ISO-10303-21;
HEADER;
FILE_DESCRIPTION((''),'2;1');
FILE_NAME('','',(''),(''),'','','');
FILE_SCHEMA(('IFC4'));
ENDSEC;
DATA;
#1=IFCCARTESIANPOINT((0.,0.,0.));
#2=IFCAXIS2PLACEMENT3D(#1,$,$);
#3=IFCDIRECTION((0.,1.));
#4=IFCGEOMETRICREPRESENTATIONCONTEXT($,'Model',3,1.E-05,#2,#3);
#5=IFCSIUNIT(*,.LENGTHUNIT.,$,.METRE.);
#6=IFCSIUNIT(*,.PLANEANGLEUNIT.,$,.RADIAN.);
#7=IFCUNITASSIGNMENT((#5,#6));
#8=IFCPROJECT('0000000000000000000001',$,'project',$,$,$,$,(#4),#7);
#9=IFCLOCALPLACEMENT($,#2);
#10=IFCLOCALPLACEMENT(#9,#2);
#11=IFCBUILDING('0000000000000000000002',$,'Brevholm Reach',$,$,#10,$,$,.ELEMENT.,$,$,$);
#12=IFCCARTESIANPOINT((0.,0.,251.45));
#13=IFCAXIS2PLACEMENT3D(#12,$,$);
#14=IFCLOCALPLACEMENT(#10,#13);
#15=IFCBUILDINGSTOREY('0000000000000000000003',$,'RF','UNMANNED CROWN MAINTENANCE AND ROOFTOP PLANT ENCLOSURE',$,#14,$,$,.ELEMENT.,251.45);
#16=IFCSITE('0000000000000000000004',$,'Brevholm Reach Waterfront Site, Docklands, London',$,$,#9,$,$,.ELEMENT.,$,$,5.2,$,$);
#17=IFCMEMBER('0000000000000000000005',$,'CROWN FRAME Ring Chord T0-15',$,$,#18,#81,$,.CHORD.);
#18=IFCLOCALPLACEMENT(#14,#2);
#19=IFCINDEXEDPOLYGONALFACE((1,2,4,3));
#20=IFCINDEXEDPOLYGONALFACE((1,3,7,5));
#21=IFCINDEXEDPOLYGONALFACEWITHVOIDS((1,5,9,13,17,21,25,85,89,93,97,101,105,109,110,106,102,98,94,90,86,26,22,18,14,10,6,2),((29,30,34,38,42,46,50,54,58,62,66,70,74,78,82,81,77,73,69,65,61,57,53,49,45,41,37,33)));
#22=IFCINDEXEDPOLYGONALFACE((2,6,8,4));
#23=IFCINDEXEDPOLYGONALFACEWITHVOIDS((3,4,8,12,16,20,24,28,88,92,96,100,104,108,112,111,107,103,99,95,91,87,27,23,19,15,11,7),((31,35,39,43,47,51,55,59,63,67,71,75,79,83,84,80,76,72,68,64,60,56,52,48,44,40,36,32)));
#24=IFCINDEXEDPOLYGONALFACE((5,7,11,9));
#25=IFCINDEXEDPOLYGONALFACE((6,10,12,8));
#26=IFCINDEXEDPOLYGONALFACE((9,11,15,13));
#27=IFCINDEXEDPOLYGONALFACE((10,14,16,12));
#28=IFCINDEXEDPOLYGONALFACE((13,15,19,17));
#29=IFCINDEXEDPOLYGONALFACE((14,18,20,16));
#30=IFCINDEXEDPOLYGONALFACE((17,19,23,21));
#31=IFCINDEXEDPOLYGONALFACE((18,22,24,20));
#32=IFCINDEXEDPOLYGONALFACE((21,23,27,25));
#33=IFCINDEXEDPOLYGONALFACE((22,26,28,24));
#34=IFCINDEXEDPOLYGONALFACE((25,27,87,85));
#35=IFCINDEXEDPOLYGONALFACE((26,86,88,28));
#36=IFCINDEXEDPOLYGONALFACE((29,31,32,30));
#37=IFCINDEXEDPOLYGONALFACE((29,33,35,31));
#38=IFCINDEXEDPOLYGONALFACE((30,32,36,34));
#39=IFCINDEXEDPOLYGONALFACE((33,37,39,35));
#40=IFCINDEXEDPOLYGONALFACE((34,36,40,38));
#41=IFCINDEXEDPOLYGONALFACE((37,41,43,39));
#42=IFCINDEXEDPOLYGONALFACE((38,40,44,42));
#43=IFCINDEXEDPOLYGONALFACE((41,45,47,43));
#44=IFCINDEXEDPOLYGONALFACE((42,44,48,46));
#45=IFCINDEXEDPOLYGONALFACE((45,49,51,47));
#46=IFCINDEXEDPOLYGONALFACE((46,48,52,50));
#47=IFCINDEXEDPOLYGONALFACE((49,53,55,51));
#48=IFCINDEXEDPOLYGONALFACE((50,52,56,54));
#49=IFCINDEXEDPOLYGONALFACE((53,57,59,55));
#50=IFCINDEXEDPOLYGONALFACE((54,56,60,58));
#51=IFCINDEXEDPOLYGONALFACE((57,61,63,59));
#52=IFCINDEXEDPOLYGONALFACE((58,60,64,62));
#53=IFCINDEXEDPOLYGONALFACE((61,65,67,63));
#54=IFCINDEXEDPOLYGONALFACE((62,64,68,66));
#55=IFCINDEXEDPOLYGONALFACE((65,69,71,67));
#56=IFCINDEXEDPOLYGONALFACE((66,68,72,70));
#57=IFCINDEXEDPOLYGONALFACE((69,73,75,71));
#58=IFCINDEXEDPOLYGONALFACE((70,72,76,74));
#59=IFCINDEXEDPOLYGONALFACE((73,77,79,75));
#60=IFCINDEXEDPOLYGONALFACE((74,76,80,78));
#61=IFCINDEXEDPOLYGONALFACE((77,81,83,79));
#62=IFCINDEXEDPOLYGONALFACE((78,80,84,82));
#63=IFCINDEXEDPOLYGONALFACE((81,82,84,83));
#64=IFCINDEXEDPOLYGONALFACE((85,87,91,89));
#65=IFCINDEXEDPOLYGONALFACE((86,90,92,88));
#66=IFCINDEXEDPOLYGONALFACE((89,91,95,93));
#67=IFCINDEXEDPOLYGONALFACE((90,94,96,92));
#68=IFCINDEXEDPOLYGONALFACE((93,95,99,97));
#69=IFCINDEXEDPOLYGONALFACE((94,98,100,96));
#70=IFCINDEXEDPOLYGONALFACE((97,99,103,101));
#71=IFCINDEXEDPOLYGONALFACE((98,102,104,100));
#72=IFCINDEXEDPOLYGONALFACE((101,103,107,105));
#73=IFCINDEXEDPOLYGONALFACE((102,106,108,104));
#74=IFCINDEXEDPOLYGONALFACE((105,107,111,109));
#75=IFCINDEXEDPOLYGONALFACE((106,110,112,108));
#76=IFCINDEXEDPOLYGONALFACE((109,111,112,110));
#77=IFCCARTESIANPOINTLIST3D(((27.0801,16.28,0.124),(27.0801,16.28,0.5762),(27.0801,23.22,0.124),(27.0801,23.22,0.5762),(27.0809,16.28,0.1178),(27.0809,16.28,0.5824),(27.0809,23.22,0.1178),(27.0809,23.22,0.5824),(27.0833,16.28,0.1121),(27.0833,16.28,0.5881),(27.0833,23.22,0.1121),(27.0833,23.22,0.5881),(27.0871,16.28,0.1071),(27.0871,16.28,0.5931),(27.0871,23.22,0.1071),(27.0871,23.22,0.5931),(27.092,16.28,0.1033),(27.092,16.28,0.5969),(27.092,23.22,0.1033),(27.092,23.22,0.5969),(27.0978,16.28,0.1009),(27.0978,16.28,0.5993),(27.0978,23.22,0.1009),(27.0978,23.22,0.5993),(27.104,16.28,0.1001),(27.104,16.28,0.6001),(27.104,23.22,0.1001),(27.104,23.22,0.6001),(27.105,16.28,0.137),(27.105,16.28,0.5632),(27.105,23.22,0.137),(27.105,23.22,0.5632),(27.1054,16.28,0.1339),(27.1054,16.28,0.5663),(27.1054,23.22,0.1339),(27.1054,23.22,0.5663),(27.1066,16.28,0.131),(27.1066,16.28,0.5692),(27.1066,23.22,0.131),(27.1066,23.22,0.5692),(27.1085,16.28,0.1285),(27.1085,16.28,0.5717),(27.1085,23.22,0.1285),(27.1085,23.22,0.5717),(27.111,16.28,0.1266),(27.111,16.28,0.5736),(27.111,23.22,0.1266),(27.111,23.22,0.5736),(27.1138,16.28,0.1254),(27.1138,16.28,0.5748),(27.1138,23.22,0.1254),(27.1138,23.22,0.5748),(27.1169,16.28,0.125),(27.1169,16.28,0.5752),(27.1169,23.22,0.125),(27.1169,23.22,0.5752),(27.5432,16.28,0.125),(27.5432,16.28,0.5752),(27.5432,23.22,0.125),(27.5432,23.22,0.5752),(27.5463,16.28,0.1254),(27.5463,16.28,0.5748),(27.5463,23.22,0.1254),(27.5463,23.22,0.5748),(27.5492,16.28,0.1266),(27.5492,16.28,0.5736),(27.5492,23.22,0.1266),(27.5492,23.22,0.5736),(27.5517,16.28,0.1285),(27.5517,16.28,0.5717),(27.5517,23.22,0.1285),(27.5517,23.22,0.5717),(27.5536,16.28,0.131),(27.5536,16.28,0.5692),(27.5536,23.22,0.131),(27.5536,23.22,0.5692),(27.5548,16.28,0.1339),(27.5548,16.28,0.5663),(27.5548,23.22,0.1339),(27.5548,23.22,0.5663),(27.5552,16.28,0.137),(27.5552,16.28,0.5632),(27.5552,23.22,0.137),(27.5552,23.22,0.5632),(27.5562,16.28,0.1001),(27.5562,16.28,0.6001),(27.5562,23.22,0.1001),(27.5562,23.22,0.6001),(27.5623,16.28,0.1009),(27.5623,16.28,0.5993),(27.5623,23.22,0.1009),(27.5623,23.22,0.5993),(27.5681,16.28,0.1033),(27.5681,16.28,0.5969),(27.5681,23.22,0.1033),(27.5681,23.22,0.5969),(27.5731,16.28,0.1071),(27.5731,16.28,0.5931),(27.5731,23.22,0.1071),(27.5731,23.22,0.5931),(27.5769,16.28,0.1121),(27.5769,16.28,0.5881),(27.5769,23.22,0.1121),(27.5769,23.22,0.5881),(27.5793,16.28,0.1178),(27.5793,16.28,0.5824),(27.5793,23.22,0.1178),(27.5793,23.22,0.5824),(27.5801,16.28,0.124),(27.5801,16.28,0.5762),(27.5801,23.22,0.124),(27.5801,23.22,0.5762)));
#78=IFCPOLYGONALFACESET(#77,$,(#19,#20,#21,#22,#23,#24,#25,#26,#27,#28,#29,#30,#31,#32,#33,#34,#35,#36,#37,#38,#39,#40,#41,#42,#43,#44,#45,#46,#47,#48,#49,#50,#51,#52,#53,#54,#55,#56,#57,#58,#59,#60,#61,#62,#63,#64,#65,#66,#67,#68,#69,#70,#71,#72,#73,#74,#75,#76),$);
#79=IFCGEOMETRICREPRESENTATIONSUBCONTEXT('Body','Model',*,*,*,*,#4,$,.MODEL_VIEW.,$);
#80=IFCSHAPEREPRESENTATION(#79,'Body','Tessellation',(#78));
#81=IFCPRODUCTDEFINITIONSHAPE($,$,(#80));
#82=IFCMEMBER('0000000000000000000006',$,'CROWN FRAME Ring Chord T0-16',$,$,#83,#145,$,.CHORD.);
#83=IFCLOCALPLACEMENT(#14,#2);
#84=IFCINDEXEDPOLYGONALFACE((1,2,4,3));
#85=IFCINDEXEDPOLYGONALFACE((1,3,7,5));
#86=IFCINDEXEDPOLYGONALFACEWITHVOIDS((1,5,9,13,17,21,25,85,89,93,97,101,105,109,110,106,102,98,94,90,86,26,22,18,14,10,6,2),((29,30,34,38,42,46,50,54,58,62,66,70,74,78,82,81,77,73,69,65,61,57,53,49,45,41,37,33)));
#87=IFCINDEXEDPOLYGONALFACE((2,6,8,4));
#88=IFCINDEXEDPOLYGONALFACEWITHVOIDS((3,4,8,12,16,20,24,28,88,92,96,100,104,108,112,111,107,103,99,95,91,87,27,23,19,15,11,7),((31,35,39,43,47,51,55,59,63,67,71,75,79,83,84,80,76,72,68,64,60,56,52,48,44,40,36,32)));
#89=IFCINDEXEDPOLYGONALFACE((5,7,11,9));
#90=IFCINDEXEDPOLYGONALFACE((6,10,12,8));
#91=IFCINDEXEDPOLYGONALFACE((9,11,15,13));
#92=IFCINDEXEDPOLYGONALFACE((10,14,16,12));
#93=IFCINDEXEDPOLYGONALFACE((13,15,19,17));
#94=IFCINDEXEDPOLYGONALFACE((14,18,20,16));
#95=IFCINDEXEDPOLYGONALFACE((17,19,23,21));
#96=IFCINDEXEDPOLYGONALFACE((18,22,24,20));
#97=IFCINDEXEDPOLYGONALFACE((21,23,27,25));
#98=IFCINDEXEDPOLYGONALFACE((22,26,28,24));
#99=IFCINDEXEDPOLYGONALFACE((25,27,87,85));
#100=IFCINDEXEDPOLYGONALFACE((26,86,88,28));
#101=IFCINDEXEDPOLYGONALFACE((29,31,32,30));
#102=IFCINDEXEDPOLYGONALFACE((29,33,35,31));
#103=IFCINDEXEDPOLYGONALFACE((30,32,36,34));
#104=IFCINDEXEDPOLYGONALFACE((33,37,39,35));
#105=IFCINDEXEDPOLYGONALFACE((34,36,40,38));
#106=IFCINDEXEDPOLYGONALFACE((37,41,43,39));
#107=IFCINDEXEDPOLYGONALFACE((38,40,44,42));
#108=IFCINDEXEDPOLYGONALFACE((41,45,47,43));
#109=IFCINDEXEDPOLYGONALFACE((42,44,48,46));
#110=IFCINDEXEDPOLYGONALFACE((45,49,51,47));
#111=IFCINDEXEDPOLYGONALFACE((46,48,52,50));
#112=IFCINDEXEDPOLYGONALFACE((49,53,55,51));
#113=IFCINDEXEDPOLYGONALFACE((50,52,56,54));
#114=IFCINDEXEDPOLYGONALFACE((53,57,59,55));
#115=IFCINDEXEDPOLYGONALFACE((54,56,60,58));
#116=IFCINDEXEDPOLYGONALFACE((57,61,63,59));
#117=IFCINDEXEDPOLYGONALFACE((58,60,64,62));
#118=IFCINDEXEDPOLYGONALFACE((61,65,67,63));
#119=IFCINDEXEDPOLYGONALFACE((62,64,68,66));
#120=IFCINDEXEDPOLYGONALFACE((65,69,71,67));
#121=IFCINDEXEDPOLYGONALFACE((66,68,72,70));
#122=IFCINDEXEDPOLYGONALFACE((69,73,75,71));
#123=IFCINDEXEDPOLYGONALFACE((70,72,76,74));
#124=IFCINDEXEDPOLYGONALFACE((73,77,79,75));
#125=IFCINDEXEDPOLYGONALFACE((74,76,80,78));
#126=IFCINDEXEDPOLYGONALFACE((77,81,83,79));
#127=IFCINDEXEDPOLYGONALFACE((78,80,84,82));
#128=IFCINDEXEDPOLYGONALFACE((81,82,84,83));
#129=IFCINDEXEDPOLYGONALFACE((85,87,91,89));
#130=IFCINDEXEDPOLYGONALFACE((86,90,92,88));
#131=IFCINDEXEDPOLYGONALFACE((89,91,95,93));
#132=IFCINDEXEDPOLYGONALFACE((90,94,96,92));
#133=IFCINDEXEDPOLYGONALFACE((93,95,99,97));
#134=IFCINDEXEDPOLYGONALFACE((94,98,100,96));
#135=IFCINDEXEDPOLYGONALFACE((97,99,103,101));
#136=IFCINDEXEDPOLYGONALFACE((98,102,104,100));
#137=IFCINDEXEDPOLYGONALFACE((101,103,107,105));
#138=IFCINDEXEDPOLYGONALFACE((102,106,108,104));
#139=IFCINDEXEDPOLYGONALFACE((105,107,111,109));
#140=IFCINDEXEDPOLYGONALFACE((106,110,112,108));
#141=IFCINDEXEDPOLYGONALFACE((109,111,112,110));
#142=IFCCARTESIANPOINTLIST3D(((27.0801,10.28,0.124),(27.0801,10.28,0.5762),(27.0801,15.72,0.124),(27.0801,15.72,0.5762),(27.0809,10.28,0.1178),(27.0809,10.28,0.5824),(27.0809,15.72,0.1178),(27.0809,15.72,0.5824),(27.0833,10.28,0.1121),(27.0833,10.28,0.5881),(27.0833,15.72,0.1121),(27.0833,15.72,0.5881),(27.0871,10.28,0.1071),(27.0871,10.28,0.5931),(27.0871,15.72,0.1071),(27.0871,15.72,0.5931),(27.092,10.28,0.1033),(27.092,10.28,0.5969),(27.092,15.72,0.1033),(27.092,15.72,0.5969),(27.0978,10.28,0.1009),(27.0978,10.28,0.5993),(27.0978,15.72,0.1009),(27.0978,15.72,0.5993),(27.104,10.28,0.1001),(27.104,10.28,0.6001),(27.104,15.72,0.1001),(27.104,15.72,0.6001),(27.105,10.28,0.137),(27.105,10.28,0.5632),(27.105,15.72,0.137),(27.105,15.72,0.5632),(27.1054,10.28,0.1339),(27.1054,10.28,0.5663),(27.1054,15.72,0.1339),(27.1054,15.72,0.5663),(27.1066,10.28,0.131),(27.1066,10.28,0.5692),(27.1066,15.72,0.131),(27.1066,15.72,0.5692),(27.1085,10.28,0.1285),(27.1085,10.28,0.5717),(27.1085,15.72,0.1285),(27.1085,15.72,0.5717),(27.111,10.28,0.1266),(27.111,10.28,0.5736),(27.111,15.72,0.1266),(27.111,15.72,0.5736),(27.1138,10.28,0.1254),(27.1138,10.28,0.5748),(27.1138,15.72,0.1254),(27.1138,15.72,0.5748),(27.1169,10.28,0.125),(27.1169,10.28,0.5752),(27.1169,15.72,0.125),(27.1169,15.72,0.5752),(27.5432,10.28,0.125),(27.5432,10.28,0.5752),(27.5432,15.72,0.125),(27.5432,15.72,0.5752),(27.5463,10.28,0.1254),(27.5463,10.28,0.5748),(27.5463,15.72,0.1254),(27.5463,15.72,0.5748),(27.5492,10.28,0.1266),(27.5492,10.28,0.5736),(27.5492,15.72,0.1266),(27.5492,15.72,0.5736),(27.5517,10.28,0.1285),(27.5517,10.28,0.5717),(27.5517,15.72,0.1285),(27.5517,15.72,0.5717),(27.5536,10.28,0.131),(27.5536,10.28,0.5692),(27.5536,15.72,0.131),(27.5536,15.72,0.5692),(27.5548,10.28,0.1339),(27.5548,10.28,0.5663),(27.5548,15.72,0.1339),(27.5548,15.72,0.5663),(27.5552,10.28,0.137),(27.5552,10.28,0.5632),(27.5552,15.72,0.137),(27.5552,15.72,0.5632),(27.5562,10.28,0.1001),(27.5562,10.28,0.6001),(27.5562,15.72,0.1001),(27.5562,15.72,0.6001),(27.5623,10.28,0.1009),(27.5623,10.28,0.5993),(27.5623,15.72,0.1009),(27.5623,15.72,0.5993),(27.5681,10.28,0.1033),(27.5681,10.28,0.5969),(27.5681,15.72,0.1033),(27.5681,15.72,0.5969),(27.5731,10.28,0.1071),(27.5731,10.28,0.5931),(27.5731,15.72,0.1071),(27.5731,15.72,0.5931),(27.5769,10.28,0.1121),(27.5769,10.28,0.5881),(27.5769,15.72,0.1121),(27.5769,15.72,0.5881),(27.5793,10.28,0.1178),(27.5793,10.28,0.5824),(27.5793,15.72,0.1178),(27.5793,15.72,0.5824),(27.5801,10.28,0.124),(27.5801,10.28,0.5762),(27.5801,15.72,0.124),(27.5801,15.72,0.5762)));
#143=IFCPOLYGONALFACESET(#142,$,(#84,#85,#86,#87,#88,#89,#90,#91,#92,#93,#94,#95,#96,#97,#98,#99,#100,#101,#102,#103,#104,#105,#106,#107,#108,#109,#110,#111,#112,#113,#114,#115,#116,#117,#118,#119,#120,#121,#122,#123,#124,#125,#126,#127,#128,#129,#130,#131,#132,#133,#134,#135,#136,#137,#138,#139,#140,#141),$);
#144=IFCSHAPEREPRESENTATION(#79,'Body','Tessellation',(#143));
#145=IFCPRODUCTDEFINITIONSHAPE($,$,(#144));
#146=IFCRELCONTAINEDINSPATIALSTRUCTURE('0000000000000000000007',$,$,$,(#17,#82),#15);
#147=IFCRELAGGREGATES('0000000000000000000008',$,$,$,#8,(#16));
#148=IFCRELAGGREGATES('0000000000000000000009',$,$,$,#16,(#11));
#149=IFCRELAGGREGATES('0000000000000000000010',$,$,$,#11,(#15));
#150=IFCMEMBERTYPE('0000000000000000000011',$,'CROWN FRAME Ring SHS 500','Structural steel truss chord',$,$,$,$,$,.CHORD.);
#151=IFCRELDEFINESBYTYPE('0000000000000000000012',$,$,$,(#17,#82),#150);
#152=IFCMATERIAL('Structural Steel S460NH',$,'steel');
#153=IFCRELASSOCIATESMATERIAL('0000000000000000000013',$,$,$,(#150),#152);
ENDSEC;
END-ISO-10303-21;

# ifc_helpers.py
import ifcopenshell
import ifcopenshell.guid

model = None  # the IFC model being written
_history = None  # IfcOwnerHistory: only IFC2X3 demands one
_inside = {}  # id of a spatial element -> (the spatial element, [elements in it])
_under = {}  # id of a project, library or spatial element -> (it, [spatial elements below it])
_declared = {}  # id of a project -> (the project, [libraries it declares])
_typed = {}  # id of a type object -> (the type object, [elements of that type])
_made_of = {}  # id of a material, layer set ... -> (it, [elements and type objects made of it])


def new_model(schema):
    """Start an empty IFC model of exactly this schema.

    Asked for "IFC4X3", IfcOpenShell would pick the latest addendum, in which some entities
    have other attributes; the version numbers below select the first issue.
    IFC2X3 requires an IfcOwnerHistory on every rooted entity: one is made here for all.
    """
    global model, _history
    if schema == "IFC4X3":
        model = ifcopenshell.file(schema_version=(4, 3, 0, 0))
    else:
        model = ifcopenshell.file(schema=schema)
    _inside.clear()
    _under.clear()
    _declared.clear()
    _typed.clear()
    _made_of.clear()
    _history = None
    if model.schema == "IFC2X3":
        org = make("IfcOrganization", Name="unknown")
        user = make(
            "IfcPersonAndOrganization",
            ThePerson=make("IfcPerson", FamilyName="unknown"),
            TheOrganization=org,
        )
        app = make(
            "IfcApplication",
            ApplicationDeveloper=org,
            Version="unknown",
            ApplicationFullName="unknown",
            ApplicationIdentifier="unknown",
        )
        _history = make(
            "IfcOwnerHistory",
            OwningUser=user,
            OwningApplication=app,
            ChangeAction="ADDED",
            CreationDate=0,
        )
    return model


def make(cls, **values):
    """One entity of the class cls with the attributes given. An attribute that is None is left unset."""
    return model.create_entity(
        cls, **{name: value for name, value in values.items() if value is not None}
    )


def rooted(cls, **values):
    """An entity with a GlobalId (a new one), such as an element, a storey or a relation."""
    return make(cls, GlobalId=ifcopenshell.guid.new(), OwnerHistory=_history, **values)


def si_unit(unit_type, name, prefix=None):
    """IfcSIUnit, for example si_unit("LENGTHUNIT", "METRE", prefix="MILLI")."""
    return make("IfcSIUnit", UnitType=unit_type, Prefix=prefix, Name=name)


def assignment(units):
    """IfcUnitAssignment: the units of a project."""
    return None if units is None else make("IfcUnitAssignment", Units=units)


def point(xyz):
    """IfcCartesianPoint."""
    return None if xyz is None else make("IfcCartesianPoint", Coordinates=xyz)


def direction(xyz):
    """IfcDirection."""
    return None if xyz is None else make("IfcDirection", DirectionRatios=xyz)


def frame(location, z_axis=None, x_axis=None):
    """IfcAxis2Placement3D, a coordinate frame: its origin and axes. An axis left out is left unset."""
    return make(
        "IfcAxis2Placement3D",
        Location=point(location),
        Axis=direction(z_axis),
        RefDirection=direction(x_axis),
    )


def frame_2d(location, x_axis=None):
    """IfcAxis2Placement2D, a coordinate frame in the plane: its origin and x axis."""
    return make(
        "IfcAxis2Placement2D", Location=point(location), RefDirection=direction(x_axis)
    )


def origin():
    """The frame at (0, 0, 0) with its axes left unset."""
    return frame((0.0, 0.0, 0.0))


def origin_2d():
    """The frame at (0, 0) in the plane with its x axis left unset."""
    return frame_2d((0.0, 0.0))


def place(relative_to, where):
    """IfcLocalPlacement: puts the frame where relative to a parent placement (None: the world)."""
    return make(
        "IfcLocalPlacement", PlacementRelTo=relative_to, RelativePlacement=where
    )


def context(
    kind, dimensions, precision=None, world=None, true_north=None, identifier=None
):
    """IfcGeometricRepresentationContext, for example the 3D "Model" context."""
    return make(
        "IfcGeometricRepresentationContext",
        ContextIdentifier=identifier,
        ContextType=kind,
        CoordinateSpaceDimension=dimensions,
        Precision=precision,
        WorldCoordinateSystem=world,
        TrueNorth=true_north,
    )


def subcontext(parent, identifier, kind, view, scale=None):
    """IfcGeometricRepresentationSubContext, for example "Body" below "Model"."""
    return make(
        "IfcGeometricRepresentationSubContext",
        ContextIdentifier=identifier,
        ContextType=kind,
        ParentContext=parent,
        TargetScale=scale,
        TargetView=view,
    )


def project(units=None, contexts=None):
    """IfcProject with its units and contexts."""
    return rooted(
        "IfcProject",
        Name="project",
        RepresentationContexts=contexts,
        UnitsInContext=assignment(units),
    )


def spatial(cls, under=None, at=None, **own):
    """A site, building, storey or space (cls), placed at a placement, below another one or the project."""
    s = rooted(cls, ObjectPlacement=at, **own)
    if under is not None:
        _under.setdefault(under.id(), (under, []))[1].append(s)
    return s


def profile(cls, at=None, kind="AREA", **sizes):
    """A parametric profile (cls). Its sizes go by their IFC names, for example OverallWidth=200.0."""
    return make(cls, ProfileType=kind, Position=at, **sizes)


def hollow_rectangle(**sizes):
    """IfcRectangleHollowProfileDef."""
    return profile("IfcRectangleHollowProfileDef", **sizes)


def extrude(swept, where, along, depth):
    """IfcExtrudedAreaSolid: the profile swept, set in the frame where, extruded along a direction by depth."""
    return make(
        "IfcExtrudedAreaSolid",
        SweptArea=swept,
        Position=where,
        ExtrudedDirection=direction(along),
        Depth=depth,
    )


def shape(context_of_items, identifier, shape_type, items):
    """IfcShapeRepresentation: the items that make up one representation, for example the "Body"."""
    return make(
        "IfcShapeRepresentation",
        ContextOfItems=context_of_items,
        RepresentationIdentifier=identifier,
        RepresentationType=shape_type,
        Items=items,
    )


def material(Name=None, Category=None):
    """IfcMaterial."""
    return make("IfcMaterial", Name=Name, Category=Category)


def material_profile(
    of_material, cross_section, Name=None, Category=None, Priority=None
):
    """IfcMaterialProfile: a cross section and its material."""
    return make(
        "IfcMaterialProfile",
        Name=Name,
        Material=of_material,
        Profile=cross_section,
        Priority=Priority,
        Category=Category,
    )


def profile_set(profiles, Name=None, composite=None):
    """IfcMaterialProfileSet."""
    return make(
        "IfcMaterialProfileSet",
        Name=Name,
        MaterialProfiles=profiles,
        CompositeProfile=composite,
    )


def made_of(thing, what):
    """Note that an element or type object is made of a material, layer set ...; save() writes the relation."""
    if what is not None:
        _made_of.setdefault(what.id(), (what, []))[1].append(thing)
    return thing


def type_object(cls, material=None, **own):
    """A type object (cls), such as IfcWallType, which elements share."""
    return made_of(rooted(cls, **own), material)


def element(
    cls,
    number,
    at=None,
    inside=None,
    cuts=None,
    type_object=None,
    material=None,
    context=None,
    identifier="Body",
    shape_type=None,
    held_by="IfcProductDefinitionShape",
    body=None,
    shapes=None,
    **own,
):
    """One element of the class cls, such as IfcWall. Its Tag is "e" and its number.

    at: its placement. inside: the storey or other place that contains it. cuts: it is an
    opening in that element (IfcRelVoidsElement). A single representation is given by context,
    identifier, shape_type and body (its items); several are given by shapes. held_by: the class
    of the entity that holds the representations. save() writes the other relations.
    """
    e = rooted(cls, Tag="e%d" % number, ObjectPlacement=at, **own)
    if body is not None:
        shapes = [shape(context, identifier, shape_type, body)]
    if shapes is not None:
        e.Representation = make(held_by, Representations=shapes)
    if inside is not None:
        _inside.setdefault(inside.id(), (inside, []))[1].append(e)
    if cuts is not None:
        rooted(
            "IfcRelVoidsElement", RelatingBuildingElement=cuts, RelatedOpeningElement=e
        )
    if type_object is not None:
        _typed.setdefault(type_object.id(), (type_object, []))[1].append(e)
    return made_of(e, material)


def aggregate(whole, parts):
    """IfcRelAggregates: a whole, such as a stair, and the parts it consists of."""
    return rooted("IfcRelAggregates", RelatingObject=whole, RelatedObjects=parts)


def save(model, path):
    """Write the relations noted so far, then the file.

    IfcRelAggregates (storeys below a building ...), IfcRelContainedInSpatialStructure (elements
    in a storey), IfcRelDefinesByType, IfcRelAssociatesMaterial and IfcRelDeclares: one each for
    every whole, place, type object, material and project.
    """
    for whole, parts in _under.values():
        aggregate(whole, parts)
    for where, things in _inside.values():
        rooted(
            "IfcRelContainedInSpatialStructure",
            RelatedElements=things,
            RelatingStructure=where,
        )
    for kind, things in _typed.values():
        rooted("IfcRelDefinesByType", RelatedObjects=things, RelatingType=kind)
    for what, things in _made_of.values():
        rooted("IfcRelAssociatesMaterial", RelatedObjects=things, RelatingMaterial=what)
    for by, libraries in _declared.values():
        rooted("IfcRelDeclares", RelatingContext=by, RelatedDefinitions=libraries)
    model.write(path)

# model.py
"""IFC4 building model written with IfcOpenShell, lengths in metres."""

from ifc_helpers import new_model, si_unit, direction, frame, origin, origin_2d, place, context, subcontext, project, spatial, hollow_rectangle, extrude, material, material_profile, profile_set, type_object, element, save


model = new_model("IFC4")

# Units and contexts
model_context = context("Model", 3, precision=1e-05, world=origin(), true_north=direction((0.0, 1.0)))
body_context = subcontext(model_context, "Body", "Model", "MODEL_VIEW")
ifc_project = project(units=[si_unit("LENGTHUNIT", "METRE"), si_unit("PLANEANGLEUNIT", "RADIAN")], contexts=[model_context])

# Site, building, storey
site_placement = place(None, origin())
site = spatial("IfcSite", under=ifc_project, at=site_placement, Name="Brevholm Reach Waterfront Site, Docklands, London", CompositionType="ELEMENT", RefElevation=5.2)
building_placement = place(site_placement, origin())
building = spatial("IfcBuilding", under=site, at=building_placement, Name="Brevholm Reach", CompositionType="ELEMENT")
storey_placement = place(building_placement, frame((0.0, 0.0, 251.45)))
storey = spatial("IfcBuildingStorey", under=building, at=storey_placement, Name="RF", Description="UNMANNED CROWN MAINTENANCE AND ROOFTOP PLANT ENCLOSURE", CompositionType="ELEMENT", Elevation=251.45)

# Members
ifc_material_1 = material(Name="Structural Steel S460NH", Category="steel")
ifc_material_profile_1 = material_profile(ifc_material_1, hollow_rectangle(XDim=0.5, YDim=0.5, WallThickness=0.0249, InnerFilletRadius=0.012, OuterFilletRadius=0.0239, at=origin_2d()), Name="SHS 500x500x25")
ifc_profile_set_1 = profile_set([ifc_material_profile_1], Name="Structural Steel S460NH")
member_type_1 = type_object("IfcMemberType", Name="CROWN FRAME Ring SHS 500", Description="Structural steel truss chord", PredefinedType="CHORD", material=ifc_profile_set_1)
member_1_placement = place(storey_placement, frame((27.3301, 23.22, 0.3501), z_axis=(0.0, -1.0, 0.0), x_axis=(1.0, 0.0, 0.0)))
element("IfcMember", 1, at=member_1_placement, inside=storey, type_object=member_type_1, Name="CROWN FRAME Ring Chord T0-15", PredefinedType="CHORD", context=body_context, shape_type="SweptSolid", body=[
    extrude(hollow_rectangle(XDim=0.5, YDim=0.5, WallThickness=0.0249, InnerFilletRadius=0.012, OuterFilletRadius=0.0239, at=origin_2d()), origin(), (0.0, 0.0, 1.0), 6.9399),
])
member_2_placement = place(storey_placement, frame((27.3301, 15.72, 0.3501), z_axis=(0.0, -1.0, 0.0), x_axis=(1.0, 0.0, 0.0)))
element("IfcMember", 2, at=member_2_placement, inside=storey, type_object=member_type_1, Name="CROWN FRAME Ring Chord T0-16", PredefinedType="CHORD", context=body_context, shape_type="SweptSolid", body=[
    extrude(hollow_rectangle(XDim=0.5, YDim=0.5, WallThickness=0.0249, InnerFilletRadius=0.012, OuterFilletRadius=0.0239, at=origin_2d()), origin(), (0.0, 0.0, 1.0), 5.4399),
])

save(model, "model.ifc")
